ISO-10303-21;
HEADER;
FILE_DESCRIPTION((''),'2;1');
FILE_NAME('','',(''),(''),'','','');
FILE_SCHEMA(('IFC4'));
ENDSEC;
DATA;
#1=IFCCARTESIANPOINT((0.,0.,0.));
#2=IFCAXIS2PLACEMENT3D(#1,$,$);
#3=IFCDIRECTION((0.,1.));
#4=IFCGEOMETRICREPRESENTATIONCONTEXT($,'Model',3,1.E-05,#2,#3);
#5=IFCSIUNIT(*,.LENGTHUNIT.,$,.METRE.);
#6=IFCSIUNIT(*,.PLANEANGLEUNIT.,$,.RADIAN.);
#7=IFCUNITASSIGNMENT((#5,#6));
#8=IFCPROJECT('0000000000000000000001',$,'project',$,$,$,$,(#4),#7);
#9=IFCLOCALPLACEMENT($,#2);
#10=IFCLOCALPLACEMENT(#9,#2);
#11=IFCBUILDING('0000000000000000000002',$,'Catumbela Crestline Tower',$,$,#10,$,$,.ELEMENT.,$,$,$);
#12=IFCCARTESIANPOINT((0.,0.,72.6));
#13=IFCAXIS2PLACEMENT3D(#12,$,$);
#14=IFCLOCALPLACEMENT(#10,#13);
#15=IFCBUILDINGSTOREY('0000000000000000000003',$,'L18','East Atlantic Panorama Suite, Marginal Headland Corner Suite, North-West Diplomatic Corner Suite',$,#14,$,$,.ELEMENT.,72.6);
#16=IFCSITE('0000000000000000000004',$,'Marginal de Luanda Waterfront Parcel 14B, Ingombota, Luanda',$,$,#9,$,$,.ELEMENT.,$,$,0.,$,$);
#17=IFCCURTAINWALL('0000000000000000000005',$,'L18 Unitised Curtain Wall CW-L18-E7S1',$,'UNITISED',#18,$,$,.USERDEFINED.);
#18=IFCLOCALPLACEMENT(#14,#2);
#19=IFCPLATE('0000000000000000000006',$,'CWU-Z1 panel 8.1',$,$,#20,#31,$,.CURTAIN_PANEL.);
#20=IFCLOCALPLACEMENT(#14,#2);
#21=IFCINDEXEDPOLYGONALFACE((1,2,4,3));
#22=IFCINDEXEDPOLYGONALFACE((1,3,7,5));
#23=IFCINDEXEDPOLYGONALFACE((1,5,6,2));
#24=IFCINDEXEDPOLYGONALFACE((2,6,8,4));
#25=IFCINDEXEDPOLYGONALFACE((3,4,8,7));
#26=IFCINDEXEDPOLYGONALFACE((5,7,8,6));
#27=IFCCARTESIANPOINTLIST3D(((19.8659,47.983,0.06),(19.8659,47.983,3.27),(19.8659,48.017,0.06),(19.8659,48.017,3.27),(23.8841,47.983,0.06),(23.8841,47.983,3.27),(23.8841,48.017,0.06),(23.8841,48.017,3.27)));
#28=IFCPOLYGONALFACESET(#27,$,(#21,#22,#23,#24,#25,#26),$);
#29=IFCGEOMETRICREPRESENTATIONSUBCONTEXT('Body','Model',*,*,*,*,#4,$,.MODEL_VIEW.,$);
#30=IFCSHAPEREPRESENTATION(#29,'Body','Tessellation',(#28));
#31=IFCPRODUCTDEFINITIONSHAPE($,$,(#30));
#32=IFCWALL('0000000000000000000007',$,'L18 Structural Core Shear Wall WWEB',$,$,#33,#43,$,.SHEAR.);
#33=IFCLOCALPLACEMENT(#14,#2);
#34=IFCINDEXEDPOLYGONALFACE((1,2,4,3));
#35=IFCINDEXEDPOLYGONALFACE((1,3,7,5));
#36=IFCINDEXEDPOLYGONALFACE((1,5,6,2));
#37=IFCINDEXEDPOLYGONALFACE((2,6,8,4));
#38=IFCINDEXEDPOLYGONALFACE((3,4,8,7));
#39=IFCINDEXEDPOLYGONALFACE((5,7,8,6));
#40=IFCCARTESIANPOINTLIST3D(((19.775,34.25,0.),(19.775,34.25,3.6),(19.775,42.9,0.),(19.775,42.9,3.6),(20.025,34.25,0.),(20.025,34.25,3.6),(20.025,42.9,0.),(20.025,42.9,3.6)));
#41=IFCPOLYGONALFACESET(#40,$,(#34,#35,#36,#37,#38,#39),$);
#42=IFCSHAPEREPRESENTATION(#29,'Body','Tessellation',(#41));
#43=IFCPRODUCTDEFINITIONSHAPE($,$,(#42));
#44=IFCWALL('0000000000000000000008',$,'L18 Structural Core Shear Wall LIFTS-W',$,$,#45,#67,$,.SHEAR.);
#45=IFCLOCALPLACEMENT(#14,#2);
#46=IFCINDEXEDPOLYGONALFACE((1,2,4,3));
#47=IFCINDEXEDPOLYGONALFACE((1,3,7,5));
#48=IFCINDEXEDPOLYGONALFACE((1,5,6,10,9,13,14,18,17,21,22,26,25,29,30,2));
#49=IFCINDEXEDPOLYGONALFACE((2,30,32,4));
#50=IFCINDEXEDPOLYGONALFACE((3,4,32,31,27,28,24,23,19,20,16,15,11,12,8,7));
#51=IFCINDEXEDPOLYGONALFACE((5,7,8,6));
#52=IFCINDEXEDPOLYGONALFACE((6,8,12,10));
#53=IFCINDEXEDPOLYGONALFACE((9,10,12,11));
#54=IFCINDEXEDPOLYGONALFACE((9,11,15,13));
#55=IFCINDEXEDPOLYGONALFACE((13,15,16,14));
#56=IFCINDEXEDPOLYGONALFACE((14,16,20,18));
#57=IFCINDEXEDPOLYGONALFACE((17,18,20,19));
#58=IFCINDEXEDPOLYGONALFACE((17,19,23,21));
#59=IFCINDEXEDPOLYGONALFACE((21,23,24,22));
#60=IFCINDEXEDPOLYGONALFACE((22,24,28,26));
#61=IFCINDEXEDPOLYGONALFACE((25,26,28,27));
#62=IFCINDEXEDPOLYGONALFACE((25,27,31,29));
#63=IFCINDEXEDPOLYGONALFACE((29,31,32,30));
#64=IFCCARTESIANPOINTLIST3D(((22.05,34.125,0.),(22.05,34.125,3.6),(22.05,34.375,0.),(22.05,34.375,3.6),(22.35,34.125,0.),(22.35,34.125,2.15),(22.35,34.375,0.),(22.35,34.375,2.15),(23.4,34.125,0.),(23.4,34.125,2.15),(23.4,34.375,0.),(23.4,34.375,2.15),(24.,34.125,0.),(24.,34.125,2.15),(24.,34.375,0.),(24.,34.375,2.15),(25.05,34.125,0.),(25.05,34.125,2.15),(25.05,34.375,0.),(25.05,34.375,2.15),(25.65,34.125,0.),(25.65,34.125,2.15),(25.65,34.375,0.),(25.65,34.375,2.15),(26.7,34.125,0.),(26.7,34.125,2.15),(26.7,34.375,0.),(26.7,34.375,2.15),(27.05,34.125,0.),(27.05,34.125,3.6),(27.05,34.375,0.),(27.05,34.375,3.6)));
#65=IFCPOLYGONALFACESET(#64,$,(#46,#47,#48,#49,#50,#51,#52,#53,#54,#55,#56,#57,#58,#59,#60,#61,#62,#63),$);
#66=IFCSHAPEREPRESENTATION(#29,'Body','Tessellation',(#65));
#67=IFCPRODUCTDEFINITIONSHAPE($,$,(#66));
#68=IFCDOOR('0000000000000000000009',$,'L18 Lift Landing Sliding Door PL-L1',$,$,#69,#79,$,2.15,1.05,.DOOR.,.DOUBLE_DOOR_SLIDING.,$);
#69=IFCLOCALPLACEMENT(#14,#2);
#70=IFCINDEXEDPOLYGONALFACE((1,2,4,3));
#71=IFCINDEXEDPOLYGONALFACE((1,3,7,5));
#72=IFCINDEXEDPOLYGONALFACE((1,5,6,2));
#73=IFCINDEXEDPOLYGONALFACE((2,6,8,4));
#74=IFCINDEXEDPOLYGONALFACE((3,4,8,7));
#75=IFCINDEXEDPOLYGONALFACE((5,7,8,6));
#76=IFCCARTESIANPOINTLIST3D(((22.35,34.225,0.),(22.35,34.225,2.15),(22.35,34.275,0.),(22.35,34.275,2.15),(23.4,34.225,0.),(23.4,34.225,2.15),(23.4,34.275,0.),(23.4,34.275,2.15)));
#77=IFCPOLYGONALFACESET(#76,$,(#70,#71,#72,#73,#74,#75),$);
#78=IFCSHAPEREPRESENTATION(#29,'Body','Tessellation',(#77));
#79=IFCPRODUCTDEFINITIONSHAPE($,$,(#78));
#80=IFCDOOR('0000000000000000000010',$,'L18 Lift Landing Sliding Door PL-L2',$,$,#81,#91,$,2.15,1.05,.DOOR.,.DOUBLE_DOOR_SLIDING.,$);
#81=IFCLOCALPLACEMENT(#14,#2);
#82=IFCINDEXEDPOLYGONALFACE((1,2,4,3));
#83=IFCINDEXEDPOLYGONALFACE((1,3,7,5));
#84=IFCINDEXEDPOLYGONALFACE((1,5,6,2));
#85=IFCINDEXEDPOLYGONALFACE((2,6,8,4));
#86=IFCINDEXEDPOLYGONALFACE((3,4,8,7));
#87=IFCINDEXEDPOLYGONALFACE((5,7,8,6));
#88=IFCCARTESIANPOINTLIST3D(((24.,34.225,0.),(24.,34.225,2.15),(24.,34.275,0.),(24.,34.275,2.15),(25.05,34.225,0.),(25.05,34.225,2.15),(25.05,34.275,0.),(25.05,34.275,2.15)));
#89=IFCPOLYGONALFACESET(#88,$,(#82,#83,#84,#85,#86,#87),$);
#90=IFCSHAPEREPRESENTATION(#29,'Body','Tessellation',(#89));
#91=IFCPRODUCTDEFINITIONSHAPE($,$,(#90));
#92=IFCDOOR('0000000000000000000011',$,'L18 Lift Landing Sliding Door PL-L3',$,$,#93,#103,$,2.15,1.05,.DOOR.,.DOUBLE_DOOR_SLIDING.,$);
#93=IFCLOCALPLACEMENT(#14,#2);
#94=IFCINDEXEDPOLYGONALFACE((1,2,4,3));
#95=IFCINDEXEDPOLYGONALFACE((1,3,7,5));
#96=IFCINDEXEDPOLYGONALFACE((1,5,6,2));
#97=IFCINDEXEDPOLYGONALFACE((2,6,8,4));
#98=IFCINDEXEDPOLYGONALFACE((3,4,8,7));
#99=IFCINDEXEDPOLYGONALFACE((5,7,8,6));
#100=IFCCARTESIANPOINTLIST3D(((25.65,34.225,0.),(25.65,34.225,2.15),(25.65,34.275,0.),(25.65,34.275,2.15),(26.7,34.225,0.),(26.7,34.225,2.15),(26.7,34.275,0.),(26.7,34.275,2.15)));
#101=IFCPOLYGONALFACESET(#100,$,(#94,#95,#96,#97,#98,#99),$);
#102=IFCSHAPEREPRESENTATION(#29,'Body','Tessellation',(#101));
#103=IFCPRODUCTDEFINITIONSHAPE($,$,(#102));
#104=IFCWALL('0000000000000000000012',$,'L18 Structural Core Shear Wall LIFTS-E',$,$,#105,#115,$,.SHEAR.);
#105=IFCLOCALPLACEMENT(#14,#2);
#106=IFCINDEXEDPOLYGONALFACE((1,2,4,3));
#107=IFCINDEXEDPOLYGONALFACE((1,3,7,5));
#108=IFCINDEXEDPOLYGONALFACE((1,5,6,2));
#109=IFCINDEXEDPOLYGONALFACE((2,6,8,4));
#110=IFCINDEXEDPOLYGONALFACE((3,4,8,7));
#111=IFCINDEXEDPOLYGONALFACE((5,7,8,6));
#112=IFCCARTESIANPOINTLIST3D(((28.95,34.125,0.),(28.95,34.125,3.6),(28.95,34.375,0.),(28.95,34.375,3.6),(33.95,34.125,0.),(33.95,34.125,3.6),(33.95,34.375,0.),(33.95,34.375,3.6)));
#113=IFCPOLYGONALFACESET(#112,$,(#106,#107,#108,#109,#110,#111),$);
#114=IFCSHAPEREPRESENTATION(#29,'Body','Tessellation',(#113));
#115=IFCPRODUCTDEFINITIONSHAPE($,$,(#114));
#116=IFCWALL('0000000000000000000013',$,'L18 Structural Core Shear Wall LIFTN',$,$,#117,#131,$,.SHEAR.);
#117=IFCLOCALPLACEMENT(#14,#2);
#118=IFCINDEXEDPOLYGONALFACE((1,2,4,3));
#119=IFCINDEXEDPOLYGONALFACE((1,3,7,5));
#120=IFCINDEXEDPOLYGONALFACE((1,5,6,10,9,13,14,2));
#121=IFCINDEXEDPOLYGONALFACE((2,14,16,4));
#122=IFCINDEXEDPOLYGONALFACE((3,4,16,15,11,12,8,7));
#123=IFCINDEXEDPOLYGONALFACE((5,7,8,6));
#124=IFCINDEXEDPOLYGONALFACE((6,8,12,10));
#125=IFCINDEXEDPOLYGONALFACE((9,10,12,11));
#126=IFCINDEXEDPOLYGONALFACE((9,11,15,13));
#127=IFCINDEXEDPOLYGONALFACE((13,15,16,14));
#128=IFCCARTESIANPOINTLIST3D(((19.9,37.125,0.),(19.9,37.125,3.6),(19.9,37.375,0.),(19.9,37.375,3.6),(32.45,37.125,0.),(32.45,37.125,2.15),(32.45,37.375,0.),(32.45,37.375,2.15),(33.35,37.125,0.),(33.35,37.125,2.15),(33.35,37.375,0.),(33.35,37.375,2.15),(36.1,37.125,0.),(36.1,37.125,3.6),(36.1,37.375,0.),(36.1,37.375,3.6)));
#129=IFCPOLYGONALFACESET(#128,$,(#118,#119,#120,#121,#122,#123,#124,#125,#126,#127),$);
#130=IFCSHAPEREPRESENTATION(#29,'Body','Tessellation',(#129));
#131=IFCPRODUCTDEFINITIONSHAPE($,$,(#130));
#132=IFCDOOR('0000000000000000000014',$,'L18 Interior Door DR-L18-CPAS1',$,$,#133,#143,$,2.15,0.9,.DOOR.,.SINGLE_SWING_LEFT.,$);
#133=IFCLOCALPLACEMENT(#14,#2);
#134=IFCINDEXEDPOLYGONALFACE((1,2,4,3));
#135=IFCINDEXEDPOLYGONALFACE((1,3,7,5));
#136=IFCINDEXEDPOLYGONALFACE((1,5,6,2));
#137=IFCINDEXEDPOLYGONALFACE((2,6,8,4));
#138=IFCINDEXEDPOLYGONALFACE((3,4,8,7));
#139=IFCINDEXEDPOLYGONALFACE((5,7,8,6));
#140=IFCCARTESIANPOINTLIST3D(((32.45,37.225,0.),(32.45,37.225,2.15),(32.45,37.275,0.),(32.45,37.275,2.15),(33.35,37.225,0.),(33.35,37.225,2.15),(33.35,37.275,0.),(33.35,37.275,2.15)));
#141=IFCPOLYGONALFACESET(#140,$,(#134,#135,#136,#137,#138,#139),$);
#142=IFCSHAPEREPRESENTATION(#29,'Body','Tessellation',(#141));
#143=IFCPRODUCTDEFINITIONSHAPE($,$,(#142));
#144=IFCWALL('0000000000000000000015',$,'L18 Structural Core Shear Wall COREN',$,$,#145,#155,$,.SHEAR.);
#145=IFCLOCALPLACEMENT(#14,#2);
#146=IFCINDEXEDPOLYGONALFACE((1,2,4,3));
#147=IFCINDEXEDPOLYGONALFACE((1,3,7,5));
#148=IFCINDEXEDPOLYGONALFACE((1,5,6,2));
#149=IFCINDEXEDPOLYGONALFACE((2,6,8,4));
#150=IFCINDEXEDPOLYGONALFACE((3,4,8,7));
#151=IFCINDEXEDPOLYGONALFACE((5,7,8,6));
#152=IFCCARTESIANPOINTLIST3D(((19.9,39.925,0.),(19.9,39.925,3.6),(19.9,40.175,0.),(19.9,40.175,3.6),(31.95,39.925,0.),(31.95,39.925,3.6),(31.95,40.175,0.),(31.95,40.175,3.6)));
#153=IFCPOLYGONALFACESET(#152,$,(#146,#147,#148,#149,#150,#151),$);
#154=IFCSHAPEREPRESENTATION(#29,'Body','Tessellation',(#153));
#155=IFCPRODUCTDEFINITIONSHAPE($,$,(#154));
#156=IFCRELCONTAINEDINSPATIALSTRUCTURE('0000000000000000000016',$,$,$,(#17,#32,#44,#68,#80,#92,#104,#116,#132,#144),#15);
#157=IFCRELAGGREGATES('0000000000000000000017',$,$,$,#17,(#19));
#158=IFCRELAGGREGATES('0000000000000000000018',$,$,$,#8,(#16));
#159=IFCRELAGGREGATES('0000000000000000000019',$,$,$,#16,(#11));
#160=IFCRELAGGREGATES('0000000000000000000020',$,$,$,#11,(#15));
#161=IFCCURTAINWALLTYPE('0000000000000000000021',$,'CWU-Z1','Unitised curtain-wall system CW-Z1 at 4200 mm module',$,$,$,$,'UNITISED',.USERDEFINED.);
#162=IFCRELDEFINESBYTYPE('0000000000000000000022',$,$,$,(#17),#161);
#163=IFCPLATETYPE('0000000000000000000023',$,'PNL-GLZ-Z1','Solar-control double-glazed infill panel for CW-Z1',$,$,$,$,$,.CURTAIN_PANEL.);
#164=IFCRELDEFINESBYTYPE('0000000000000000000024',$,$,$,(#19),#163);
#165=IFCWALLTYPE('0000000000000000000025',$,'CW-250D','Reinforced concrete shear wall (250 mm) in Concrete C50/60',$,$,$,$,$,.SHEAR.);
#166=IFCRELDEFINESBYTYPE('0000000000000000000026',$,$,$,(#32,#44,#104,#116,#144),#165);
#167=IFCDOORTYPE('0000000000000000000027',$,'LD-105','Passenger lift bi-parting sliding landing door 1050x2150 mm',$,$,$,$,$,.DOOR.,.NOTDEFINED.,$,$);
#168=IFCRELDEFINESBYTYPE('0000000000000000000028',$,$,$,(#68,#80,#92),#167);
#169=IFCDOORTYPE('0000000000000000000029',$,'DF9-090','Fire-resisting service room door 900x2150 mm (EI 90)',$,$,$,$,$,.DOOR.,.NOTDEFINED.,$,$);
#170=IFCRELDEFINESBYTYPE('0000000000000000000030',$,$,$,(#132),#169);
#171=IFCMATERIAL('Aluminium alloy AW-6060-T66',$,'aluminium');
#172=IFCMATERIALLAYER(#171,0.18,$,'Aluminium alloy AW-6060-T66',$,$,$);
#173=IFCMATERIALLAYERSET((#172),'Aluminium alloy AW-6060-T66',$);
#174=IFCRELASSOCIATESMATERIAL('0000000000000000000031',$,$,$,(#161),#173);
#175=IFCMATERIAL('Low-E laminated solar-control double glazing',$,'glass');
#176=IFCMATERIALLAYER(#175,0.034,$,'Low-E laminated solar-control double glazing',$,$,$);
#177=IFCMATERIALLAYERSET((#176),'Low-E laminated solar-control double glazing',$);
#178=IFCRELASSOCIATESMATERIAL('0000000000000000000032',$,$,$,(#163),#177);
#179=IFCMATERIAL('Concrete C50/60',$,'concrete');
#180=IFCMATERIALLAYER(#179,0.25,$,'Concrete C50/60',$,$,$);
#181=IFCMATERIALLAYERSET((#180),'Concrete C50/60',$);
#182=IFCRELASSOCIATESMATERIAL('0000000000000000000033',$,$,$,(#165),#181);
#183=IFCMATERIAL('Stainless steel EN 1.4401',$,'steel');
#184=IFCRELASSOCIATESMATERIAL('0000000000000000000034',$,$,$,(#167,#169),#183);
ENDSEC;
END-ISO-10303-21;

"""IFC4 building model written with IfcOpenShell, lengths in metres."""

from ifc_helpers import new_model, si_unit, direction, frame, frame_2d, origin, origin_2d, place, context, subcontext, project, spatial, rectangle, extrude, material, layer, layer_set, type_object, element, fill, aggregate, save


model = new_model("IFC4")

# Units and contexts
model_context = context("Model", 3, precision=1e-05, world=origin(), true_north=direction((0.0, 1.0)))
body_context = subcontext(model_context, "Body", "Model", "MODEL_VIEW")
ifc_project = project(units=[si_unit("LENGTHUNIT", "METRE"), si_unit("PLANEANGLEUNIT", "RADIAN")], contexts=[model_context])

# Site, building, storey
site_placement = place(None, origin())
site = spatial("IfcSite", under=ifc_project, at=site_placement, Name="Marginal de Luanda Waterfront Parcel 14B, Ingombota, Luanda", CompositionType="ELEMENT", RefElevation=0.0)
building_placement = place(site_placement, origin())
building = spatial("IfcBuilding", under=site, at=building_placement, Name="Catumbela Crestline Tower", CompositionType="ELEMENT")
storey_placement = place(building_placement, frame((0.0, 0.0, 72.6)))
storey = spatial("IfcBuildingStorey", under=building, at=storey_placement, Name="L18", Description="East Atlantic Panorama Suite, Marginal Headland Corner Suite, North-West Diplomatic Corner Suite", CompositionType="ELEMENT", Elevation=72.6)

# Curtain wall, plate
ifc_material_1 = material(Name="Aluminium alloy AW-6060-T66", Category="aluminium")
ifc_layer_1 = layer(ifc_material_1, 0.18, Name="Aluminium alloy AW-6060-T66")
ifc_layer_set_1 = layer_set([ifc_layer_1], Name="Aluminium alloy AW-6060-T66")
curtain_wall_type = type_object("IfcCurtainWallType", Name="CWU-Z1", Description="Unitised curtain-wall system CW-Z1 at 4200 mm module", ElementType="UNITISED", PredefinedType="USERDEFINED", material=ifc_layer_set_1)
curtain_wall_placement = place(storey_placement, origin())
curtain_wall = element("IfcCurtainWall", 1, at=curtain_wall_placement, inside=storey, type_object=curtain_wall_type, Name="L18 Unitised Curtain Wall CW-L18-E7S1", ObjectType="UNITISED", PredefinedType="USERDEFINED")
ifc_material_2 = material(Name="Low-E laminated solar-control double glazing", Category="glass")
ifc_layer_2 = layer(ifc_material_2, 0.034, Name="Low-E laminated solar-control double glazing")
ifc_layer_set_2 = layer_set([ifc_layer_2], Name="Low-E laminated solar-control double glazing")
plate_type = type_object("IfcPlateType", Name="PNL-GLZ-Z1", Description="Solar-control double-glazed infill panel for CW-Z1", PredefinedType="CURTAIN_PANEL", material=ifc_layer_set_2)
plate_1_placement = place(storey_placement, frame((21.875, 48.0, 0.06), z_axis=(0.0, 0.0, 1.0), x_axis=(-1.0, 0.0, 0.0)))
plate_1 = element("IfcPlate", 2, at=plate_1_placement, type_object=plate_type, Name="CWU-Z1 panel 8.1", PredefinedType="CURTAIN_PANEL", context=body_context, shape_type="SweptSolid", body=[
    extrude(rectangle(XDim=4.0183, YDim=0.034, at=origin_2d()), origin(), (0.0, 0.0, 1.0), 3.21),
])
aggregate(curtain_wall, [plate_1])

# Wall
ifc_material_3 = material(Name="Concrete C50/60", Category="concrete")
ifc_layer_3 = layer(ifc_material_3, 0.25, Name="Concrete C50/60")
ifc_layer_set_3 = layer_set([ifc_layer_3], Name="Concrete C50/60")
wall_type_1 = type_object("IfcWallType", Name="CW-250D", Description="Reinforced concrete shear wall (250 mm) in Concrete C50/60", PredefinedType="SHEAR", material=ifc_layer_set_3)
wall_1_placement = place(storey_placement, frame((19.9, 34.25, 0.0), z_axis=(0.0, 0.0, 1.0), x_axis=(0.0, 1.0, 0.0)))
element("IfcWall", 3, at=wall_1_placement, inside=storey, type_object=wall_type_1, Name="L18 Structural Core Shear Wall WWEB", PredefinedType="SHEAR", context=body_context, shape_type="SweptSolid", body=[
    extrude(rectangle(XDim=8.65, YDim=0.25, at=frame_2d((4.325, 0.0))), origin(), (0.0, 0.0, 1.0), 3.6),
])

# Wall, openings, doors
wall_2_placement = place(storey_placement, frame((22.05, 34.25, 0.0), z_axis=(0.0, 0.0, 1.0), x_axis=(1.0, 0.0, 0.0)))
wall_2 = element("IfcWall", 4, at=wall_2_placement, inside=storey, type_object=wall_type_1, Name="L18 Structural Core Shear Wall LIFTS-W", PredefinedType="SHEAR", context=body_context, shape_type="SweptSolid", body=[
    extrude(rectangle(XDim=5.0, YDim=0.25, at=frame_2d((2.5, 0.0))), origin(), (0.0, 0.0, 1.0), 3.6),
])
opening_1_placement = place(wall_2_placement, frame((0.3, 0.0, 0.0)))
opening_1 = element("IfcOpeningElement", 5, at=opening_1_placement, cuts=wall_2, PredefinedType="OPENING", context=body_context, shape_type="SweptSolid", body=[
    extrude(rectangle(XDim=1.05, YDim=2.15, at=frame_2d((0.525, 1.075))), frame((0.0, 0.135, 0.0), z_axis=(0.0, -1.0, 0.0), x_axis=(1.0, 0.0, 0.0)), (0.0, 0.0, 1.0), 0.27),
])
opening_2_placement = place(wall_2_placement, frame((1.95, 0.0, 0.0)))
opening_2 = element("IfcOpeningElement", 6, at=opening_2_placement, cuts=wall_2, PredefinedType="OPENING", context=body_context, shape_type="SweptSolid", body=[
    extrude(rectangle(XDim=1.05, YDim=2.15, at=frame_2d((0.525, 1.075))), frame((0.0, 0.135, 0.0), z_axis=(0.0, -1.0, 0.0), x_axis=(1.0, 0.0, 0.0)), (0.0, 0.0, 1.0), 0.27),
])
opening_3_placement = place(wall_2_placement, frame((3.6, 0.0, 0.0)))
opening_3 = element("IfcOpeningElement", 7, at=opening_3_placement, cuts=wall_2, PredefinedType="OPENING", context=body_context, shape_type="SweptSolid", body=[
    extrude(rectangle(XDim=1.05, YDim=2.15, at=frame_2d((0.525, 1.075))), frame((0.0, 0.135, 0.0), z_axis=(0.0, -1.0, 0.0), x_axis=(1.0, 0.0, 0.0)), (0.0, 0.0, 1.0), 0.27),
])
ifc_material_4 = material(Name="Stainless steel EN 1.4401", Category="steel")
door_type_1 = type_object("IfcDoorType", Name="LD-105", Description="Passenger lift bi-parting sliding landing door 1050x2150 mm", OperationType="NOTDEFINED", PredefinedType="DOOR", material=ifc_material_4)
door_1_placement = place(opening_1_placement, origin())
door_1 = element("IfcDoor", 8, at=door_1_placement, inside=storey, type_object=door_type_1, Name="L18 Lift Landing Sliding Door PL-L1", OperationType="DOUBLE_DOOR_SLIDING", OverallHeight=2.15, OverallWidth=1.05, PredefinedType="DOOR", context=body_context, shape_type="SweptSolid", body=[
    extrude(rectangle(XDim=1.05, YDim=2.15, at=frame_2d((0.525, 1.075))), frame((0.0, 0.025, 0.0), z_axis=(0.0, -1.0, 0.0), x_axis=(1.0, 0.0, 0.0)), (0.0, 0.0, 1.0), 0.05),
])
fill(opening_1, door_1)
door_2_placement = place(opening_2_placement, origin())
door_2 = element("IfcDoor", 9, at=door_2_placement, inside=storey, type_object=door_type_1, Name="L18 Lift Landing Sliding Door PL-L2", OperationType="DOUBLE_DOOR_SLIDING", OverallHeight=2.15, OverallWidth=1.05, PredefinedType="DOOR", context=body_context, shape_type="SweptSolid", body=[
    extrude(rectangle(XDim=1.05, YDim=2.15, at=frame_2d((0.525, 1.075))), frame((0.0, 0.025, 0.0), z_axis=(0.0, -1.0, 0.0), x_axis=(1.0, 0.0, 0.0)), (0.0, 0.0, 1.0), 0.05),
])
fill(opening_2, door_2)
door_3_placement = place(opening_3_placement, origin())
door_3 = element("IfcDoor", 10, at=door_3_placement, inside=storey, type_object=door_type_1, Name="L18 Lift Landing Sliding Door PL-L3", OperationType="DOUBLE_DOOR_SLIDING", OverallHeight=2.15, OverallWidth=1.05, PredefinedType="DOOR", context=body_context, shape_type="SweptSolid", body=[
    extrude(rectangle(XDim=1.05, YDim=2.15, at=frame_2d((0.525, 1.075))), frame((0.0, 0.025, 0.0), z_axis=(0.0, -1.0, 0.0), x_axis=(1.0, 0.0, 0.0)), (0.0, 0.0, 1.0), 0.05),
])
fill(opening_3, door_3)

# Wall
wall_3_placement = place(storey_placement, frame((28.95, 34.25, 0.0), z_axis=(0.0, 0.0, 1.0), x_axis=(1.0, 0.0, 0.0)))
element("IfcWall", 11, at=wall_3_placement, inside=storey, type_object=wall_type_1, Name="L18 Structural Core Shear Wall LIFTS-E", PredefinedType="SHEAR", context=body_context, shape_type="SweptSolid", body=[
    extrude(rectangle(XDim=5.0, YDim=0.25, at=frame_2d((2.5, 0.0))), origin(), (0.0, 0.0, 1.0), 3.6),
])

# Wall, opening, door
wall_4_placement = place(storey_placement, frame((19.9, 37.25, 0.0), z_axis=(0.0, 0.0, 1.0), x_axis=(1.0, 0.0, 0.0)))
wall_4 = element("IfcWall", 12, at=wall_4_placement, inside=storey, type_object=wall_type_1, Name="L18 Structural Core Shear Wall LIFTN", PredefinedType="SHEAR", context=body_context, shape_type="SweptSolid", body=[
    extrude(rectangle(XDim=16.2, YDim=0.25, at=frame_2d((8.1, 0.0))), origin(), (0.0, 0.0, 1.0), 3.6),
])
opening_4_placement = place(wall_4_placement, frame((12.55, 0.0, 0.0)))
opening_4 = element("IfcOpeningElement", 13, at=opening_4_placement, cuts=wall_4, PredefinedType="OPENING", context=body_context, shape_type="SweptSolid", body=[
    extrude(rectangle(XDim=0.9, YDim=2.15, at=frame_2d((0.45, 1.075))), frame((0.0, 0.135, 0.0), z_axis=(0.0, -1.0, 0.0), x_axis=(1.0, 0.0, 0.0)), (0.0, 0.0, 1.0), 0.27),
])
door_type_2 = type_object("IfcDoorType", Name="DF9-090", Description="Fire-resisting service room door 900x2150 mm (EI 90)", OperationType="NOTDEFINED", PredefinedType="DOOR", material=ifc_material_4)
door_4_placement = place(opening_4_placement, origin())
door_4 = element("IfcDoor", 14, at=door_4_placement, inside=storey, type_object=door_type_2, Name="L18 Interior Door DR-L18-CPAS1", OperationType="SINGLE_SWING_LEFT", OverallHeight=2.15, OverallWidth=0.9, PredefinedType="DOOR", context=body_context, shape_type="SweptSolid", body=[
    extrude(rectangle(XDim=0.9, YDim=2.15, at=frame_2d((0.45, 1.075))), frame((0.0, 0.025, 0.0), z_axis=(0.0, -1.0, 0.0), x_axis=(1.0, 0.0, 0.0)), (0.0, 0.0, 1.0), 0.05),
])
fill(opening_4, door_4)

# Wall
wall_5_placement = place(storey_placement, frame((19.9, 40.05, 0.0), z_axis=(0.0, 0.0, 1.0), x_axis=(1.0, 0.0, 0.0)))
element("IfcWall", 15, at=wall_5_placement, inside=storey, type_object=wall_type_1, Name="L18 Structural Core Shear Wall COREN", PredefinedType="SHEAR", context=body_context, shape_type="SweptSolid", body=[
    extrude(rectangle(XDim=12.05, YDim=0.25, at=frame_2d((6.025, 0.0))), origin(), (0.0, 0.0, 1.0), 3.6),
])

save(model, "model.ifc")
